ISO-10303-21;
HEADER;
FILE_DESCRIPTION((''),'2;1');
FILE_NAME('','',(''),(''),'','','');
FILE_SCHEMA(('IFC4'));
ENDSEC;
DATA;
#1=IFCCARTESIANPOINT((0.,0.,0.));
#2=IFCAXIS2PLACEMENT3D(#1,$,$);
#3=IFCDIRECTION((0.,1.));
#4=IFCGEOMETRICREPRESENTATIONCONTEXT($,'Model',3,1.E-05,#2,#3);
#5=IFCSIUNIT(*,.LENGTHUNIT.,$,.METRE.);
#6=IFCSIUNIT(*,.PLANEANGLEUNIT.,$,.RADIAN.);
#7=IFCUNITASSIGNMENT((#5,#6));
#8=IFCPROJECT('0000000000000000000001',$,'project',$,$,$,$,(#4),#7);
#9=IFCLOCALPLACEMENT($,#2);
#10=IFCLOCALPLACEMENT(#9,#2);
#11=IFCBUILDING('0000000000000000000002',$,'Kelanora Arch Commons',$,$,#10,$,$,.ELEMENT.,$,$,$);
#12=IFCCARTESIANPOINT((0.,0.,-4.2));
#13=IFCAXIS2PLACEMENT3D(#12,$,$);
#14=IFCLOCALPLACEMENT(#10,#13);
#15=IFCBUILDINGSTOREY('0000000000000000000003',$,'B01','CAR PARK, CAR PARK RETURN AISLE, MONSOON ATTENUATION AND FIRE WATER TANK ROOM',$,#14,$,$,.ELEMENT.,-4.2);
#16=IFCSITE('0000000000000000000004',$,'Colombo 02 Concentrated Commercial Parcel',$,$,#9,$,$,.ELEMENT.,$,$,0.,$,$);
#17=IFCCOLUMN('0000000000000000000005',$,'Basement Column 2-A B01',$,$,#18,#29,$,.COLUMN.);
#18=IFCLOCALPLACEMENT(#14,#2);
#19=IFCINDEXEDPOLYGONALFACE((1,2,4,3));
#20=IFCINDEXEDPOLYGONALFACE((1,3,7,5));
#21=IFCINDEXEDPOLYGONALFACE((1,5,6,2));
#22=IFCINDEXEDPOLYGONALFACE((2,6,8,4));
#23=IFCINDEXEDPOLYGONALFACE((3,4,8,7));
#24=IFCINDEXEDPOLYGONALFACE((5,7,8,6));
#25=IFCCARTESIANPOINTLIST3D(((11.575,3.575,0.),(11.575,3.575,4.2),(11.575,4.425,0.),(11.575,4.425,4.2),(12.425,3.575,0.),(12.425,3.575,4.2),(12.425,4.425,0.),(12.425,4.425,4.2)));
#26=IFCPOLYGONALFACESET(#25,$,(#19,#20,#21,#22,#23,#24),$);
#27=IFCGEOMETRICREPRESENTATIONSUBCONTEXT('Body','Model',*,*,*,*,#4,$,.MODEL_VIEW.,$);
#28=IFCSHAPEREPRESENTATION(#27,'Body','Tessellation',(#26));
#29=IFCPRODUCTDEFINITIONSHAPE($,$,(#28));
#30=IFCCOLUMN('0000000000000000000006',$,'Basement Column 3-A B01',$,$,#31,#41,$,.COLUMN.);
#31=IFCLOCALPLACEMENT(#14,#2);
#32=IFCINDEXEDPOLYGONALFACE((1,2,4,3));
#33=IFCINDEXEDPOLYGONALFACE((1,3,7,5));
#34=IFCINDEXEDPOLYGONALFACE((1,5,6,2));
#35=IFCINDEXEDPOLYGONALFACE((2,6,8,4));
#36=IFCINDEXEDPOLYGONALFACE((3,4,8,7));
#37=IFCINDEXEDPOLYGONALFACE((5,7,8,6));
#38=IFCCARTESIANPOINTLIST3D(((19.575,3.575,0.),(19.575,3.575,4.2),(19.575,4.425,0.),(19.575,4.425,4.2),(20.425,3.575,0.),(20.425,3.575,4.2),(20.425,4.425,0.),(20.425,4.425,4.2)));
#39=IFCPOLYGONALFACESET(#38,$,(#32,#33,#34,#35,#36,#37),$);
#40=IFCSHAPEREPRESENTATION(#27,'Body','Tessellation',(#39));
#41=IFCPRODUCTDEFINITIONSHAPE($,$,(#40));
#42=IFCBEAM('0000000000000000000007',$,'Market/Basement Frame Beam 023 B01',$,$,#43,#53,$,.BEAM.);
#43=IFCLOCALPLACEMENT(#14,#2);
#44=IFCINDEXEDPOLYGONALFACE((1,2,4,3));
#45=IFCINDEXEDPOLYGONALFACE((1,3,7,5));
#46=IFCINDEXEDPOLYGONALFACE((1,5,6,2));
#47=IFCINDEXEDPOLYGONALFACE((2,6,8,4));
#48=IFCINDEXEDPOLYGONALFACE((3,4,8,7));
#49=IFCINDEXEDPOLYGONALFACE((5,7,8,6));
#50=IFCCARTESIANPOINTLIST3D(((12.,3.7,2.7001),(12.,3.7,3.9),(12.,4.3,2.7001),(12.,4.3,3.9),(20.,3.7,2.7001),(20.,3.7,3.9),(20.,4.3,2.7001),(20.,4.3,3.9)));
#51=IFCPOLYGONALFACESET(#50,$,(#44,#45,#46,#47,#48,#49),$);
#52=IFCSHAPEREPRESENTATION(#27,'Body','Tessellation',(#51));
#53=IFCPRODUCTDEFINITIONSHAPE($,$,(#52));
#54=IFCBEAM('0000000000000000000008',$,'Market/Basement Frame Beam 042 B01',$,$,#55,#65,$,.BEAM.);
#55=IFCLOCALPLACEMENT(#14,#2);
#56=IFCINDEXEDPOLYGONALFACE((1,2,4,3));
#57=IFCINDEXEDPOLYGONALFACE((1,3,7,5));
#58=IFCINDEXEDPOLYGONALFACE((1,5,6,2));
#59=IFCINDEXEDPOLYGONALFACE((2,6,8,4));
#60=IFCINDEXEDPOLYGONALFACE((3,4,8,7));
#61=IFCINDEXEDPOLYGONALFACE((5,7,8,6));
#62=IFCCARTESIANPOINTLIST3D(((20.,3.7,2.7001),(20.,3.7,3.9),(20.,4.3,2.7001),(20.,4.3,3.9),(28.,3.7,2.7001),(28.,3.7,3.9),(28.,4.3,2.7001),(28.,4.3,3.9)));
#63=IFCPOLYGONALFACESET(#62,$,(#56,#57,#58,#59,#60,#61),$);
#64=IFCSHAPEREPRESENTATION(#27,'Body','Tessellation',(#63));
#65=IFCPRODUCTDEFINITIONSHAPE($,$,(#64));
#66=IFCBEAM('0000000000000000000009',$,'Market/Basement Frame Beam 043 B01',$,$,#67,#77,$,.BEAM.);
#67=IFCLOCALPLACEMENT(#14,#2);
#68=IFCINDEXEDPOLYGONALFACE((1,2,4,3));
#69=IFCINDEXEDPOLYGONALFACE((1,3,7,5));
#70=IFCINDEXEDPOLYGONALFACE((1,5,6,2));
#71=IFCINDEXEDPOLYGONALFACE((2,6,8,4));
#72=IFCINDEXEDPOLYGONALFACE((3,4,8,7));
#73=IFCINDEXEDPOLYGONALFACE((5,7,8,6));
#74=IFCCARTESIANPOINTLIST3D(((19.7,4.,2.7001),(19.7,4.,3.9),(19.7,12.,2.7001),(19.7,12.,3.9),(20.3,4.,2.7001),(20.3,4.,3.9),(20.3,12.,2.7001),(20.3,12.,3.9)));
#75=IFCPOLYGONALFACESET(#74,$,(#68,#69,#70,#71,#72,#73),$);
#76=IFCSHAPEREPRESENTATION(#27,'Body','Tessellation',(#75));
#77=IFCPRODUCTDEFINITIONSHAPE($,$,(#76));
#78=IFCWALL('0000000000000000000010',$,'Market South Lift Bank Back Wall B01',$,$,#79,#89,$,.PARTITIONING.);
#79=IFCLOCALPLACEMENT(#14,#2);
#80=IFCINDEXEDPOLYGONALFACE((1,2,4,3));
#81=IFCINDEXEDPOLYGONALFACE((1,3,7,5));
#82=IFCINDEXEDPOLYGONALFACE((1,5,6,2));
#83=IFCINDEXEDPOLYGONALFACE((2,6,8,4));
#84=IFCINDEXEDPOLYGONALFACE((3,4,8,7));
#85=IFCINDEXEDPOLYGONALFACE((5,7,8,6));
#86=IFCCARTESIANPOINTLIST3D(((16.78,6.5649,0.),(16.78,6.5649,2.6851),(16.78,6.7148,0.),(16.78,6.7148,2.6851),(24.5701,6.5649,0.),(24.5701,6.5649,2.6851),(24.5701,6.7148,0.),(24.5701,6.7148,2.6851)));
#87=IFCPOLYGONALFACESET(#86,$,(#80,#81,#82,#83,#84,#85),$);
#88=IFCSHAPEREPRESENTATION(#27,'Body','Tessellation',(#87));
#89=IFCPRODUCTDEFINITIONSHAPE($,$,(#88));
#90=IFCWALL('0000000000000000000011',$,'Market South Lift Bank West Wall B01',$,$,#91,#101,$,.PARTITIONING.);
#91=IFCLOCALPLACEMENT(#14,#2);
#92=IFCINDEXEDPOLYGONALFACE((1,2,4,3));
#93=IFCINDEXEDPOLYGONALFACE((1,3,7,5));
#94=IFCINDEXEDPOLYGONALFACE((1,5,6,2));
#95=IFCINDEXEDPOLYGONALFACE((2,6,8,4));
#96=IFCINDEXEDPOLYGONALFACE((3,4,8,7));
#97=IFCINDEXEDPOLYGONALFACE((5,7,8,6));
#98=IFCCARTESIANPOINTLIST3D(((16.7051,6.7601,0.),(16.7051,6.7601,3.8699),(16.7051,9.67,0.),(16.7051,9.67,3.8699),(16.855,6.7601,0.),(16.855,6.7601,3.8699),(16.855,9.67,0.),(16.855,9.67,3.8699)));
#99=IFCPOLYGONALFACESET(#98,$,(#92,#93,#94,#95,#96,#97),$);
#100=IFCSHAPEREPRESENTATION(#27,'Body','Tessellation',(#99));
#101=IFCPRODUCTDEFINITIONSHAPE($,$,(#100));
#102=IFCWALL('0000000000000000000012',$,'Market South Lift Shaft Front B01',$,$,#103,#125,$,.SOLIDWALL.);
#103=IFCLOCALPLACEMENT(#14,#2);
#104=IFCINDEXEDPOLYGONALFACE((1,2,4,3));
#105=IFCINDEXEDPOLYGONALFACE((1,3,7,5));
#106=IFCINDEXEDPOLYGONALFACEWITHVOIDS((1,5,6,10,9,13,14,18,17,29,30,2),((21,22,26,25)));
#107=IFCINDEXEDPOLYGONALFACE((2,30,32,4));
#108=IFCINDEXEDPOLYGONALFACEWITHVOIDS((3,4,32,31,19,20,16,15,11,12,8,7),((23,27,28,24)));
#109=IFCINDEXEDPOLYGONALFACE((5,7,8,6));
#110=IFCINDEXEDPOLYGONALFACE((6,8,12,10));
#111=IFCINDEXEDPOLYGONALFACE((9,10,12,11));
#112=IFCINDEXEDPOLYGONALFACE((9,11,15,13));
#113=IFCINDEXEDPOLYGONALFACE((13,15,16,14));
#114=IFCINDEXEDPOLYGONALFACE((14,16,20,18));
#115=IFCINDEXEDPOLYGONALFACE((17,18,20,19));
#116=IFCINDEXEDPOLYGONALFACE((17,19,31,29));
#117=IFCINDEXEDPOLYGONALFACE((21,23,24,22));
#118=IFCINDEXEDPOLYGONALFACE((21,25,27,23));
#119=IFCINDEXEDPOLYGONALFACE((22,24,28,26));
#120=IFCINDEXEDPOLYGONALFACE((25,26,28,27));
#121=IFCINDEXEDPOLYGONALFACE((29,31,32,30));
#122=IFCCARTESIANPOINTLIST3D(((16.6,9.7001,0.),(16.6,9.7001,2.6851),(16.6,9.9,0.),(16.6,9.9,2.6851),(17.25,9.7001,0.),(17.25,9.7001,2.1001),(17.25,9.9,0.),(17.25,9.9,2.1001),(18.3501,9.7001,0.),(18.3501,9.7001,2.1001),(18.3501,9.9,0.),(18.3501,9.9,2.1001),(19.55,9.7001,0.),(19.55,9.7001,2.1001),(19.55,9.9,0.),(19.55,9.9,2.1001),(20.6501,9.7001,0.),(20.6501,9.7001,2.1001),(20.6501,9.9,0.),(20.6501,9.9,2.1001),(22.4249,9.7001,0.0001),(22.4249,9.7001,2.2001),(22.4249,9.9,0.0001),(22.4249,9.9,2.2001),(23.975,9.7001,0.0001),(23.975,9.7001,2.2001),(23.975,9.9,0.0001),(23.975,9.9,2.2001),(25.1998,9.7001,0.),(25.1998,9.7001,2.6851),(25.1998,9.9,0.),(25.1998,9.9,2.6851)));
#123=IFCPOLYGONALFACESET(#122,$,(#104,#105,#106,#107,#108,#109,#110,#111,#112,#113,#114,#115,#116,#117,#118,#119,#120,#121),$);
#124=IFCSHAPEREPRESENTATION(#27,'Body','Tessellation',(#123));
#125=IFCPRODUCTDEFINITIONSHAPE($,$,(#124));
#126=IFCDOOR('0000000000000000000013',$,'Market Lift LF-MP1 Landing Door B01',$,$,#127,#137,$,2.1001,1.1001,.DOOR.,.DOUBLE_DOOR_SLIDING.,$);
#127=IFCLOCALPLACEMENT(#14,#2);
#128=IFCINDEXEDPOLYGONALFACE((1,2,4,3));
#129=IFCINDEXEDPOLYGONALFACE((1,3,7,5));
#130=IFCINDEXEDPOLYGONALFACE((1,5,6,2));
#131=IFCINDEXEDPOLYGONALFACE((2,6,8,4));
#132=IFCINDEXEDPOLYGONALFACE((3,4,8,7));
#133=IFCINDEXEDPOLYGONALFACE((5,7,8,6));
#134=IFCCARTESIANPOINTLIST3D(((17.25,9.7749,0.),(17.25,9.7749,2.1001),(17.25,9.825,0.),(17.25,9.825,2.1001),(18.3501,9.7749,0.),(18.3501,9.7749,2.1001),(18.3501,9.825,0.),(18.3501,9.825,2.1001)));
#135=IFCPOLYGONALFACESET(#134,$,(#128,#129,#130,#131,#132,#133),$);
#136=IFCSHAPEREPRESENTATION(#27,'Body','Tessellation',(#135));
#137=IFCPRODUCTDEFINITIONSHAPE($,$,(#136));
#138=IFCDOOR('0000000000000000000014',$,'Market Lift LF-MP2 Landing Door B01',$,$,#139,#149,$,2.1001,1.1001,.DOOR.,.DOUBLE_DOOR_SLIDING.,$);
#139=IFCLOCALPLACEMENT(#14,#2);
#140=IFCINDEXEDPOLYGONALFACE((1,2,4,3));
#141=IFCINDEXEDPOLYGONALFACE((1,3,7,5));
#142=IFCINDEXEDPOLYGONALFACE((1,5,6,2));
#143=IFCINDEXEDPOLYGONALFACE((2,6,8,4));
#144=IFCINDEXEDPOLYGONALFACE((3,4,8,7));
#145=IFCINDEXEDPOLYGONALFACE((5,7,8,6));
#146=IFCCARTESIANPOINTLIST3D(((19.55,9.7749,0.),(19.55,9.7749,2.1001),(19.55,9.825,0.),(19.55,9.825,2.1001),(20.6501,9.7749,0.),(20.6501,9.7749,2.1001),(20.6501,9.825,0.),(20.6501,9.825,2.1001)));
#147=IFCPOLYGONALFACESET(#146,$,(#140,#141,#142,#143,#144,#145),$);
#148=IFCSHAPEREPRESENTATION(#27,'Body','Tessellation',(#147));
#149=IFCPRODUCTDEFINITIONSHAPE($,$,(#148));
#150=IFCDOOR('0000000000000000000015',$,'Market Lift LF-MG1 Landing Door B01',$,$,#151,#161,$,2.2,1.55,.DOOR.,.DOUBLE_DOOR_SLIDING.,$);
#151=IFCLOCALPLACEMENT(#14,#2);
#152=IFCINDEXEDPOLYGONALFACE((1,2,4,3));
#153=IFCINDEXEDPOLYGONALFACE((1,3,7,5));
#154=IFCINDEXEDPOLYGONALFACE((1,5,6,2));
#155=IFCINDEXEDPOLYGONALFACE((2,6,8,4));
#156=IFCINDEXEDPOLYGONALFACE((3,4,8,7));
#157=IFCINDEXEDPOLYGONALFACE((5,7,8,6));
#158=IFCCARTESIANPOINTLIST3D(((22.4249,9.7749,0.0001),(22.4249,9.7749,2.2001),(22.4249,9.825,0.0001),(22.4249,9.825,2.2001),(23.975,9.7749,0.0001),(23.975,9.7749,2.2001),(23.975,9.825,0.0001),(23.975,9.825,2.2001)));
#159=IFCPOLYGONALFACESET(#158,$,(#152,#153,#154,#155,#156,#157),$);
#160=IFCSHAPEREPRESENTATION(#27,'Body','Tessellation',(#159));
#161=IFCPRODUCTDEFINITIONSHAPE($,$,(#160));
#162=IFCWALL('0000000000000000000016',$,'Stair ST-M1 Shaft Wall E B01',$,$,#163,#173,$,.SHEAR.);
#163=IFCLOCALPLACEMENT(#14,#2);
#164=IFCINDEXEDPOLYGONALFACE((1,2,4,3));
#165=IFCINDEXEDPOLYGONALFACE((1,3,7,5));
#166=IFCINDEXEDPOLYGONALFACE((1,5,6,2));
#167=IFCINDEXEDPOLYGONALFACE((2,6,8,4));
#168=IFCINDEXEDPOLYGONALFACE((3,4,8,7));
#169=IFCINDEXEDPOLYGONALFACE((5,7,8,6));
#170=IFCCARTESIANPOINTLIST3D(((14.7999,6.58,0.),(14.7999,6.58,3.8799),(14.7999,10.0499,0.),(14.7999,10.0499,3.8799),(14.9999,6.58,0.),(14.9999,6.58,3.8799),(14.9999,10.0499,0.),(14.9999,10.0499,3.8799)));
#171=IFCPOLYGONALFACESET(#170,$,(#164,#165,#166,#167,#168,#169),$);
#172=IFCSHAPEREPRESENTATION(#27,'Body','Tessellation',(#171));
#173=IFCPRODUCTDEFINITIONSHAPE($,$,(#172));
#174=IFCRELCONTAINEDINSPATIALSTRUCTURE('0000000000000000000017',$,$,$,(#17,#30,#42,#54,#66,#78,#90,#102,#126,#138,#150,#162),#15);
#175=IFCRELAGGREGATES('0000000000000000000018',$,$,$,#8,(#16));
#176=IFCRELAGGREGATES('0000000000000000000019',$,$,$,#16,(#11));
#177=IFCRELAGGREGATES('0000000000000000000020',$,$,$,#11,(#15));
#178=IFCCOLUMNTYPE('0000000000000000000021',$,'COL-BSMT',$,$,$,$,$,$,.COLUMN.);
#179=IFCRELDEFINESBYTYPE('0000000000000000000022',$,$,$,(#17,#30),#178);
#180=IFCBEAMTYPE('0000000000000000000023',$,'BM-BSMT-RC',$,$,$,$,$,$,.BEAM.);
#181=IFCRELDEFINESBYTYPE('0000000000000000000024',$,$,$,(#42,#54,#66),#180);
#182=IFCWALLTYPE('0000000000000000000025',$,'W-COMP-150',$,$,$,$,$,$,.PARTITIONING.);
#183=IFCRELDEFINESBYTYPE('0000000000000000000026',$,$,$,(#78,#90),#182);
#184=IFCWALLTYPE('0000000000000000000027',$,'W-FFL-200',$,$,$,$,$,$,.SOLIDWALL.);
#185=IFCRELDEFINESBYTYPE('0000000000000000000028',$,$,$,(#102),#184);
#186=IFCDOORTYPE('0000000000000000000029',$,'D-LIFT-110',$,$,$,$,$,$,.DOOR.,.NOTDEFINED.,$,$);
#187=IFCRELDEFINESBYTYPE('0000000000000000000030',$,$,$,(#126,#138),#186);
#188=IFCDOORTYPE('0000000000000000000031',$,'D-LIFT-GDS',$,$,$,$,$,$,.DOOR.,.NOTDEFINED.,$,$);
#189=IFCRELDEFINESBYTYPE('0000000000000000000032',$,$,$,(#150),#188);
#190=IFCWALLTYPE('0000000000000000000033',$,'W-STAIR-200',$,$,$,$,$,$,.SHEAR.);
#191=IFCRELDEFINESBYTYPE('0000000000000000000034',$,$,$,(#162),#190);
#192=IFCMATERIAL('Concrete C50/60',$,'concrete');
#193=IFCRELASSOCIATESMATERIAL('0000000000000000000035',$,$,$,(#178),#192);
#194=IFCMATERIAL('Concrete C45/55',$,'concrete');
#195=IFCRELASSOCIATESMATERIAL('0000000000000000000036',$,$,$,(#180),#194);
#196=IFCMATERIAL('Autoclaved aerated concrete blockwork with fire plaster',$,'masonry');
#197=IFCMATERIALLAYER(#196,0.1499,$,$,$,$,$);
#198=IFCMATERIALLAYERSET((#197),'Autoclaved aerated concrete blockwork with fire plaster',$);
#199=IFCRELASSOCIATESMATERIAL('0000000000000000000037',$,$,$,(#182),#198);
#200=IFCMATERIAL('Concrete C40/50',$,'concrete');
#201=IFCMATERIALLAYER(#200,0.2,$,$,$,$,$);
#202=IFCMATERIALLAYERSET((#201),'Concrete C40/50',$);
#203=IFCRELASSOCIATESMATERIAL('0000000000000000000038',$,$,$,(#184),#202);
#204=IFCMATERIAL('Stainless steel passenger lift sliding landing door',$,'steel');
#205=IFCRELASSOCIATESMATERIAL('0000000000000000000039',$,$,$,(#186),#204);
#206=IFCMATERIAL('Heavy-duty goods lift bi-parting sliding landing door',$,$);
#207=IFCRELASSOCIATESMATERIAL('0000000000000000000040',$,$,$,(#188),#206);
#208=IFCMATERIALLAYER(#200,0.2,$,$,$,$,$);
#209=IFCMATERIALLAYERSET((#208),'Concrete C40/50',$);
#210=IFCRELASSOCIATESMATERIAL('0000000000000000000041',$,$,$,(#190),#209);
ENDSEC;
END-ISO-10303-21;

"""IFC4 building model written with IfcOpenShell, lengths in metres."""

from ifc_helpers import new_model, si_unit, direction, frame, frame_2d, origin, origin_2d, place, context, subcontext, project, spatial, rectangle, extrude, material, layer, layer_set, material_profile, profile_set, type_object, element, fill, save


model = new_model("IFC4")

# Units and contexts
model_context = context("Model", 3, precision=1e-05, world=origin(), true_north=direction((0.0, 1.0)))
body_context = subcontext(model_context, "Body", "Model", "MODEL_VIEW")
ifc_project = project(units=[si_unit("LENGTHUNIT", "METRE"), si_unit("PLANEANGLEUNIT", "RADIAN")], contexts=[model_context])

# Site, building, storey
site_placement = place(None, origin())
site = spatial("IfcSite", under=ifc_project, at=site_placement, Name="Colombo 02 Concentrated Commercial Parcel", CompositionType="ELEMENT", RefElevation=0.0)
building_placement = place(site_placement, origin())
building = spatial("IfcBuilding", under=site, at=building_placement, Name="Kelanora Arch Commons", CompositionType="ELEMENT")
storey_placement = place(building_placement, frame((0.0, 0.0, -4.2)))
storey = spatial("IfcBuildingStorey", under=building, at=storey_placement, Name="B01", Description="CAR PARK, CAR PARK RETURN AISLE, MONSOON ATTENUATION AND FIRE WATER TANK ROOM", CompositionType="ELEMENT", Elevation=-4.2)

# Columns
ifc_material_1 = material(Name="Concrete C50/60", Category="concrete")
ifc_material_profile_1 = material_profile(ifc_material_1, rectangle(XDim=0.8501, YDim=0.8501, at=origin_2d()), Name="RC850x850")
ifc_profile_set_1 = profile_set([ifc_material_profile_1], Name="Concrete C50/60")
column_type = type_object("IfcColumnType", Name="COL-BSMT", PredefinedType="COLUMN", material=ifc_profile_set_1)
for number, where, z_axis, x_axis, name in (
    (1, (12.0, 4.0, 0.0), (0.0, 0.0, 1.0), (1.0, 0.0, 0.0), "Basement Column 2-A B01"),
    (2, (20.0, 4.0, 0.0), (0.0, 0.0, 1.0), (1.0, 0.0, 0.0), "Basement Column 3-A B01"),
):
    element("IfcColumn", number, at=place(storey_placement, frame(where, z_axis=z_axis, x_axis=x_axis)), inside=storey, type_object=column_type, Name=name, PredefinedType="COLUMN", context=body_context, shape_type="SweptSolid", body=[
        extrude(rectangle(XDim=0.8501, YDim=0.8501, at=origin_2d()), origin(), (0.0, 0.0, 1.0), 4.2),
    ])

# Beams
ifc_material_2 = material(Name="Concrete C45/55", Category="concrete")
ifc_material_profile_2 = material_profile(ifc_material_2, rectangle(XDim=0.6001, YDim=1.2, at=origin_2d()), Name="RCB600x1200")
ifc_profile_set_2 = profile_set([ifc_material_profile_2], Name="Concrete C45/55")
beam_type = type_object("IfcBeamType", Name="BM-BSMT-RC", PredefinedType="BEAM", material=ifc_profile_set_2)
for number, where, z_axis, x_axis, name in (
    (3, (12.0, 4.0, 3.3), (1.0, 0.0, 0.0), (0.0, 1.0, 0.0), "Market/Basement Frame Beam 023 B01"),
    (4, (20.0, 4.0, 3.3), (1.0, 0.0, 0.0), (0.0, 1.0, 0.0), "Market/Basement Frame Beam 042 B01"),
    (5, (20.0, 4.0, 3.3), (0.0, 1.0, 0.0), (-1.0, 0.0, 0.0), "Market/Basement Frame Beam 043 B01"),
):
    element("IfcBeam", number, at=place(storey_placement, frame(where, z_axis=z_axis, x_axis=x_axis)), inside=storey, type_object=beam_type, Name=name, PredefinedType="BEAM", context=body_context, shape_type="SweptSolid", body=[
        extrude(rectangle(XDim=0.6001, YDim=1.2, at=origin_2d()), origin(), (0.0, 0.0, 1.0), 8.0),
    ])

# Walls
ifc_material_3 = material(Name="Autoclaved aerated concrete blockwork with fire plaster", Category="masonry")
ifc_layer_1 = layer(ifc_material_3, 0.1499)
ifc_layer_set_1 = layer_set([ifc_layer_1], Name="Autoclaved aerated concrete blockwork with fire plaster")
wall_type_1 = type_object("IfcWallType", Name="W-COMP-150", PredefinedType="PARTITIONING", material=ifc_layer_set_1)
wall_1_placement = place(storey_placement, frame((16.78, 6.6399, 0.0), z_axis=(0.0, 0.0, 1.0), x_axis=(1.0, 0.0, 0.0)))
element("IfcWall", 6, at=wall_1_placement, inside=storey, type_object=wall_type_1, Name="Market South Lift Bank Back Wall B01", PredefinedType="PARTITIONING", context=body_context, shape_type="SweptSolid", body=[
    extrude(rectangle(XDim=7.79, YDim=0.1499, at=frame_2d((3.895, 0.0))), origin(), (0.0, 0.0, 1.0), 2.6851),
])
wall_2_placement = place(storey_placement, frame((16.78, 6.76, 0.0), z_axis=(0.0, 0.0, 1.0), x_axis=(0.0, 1.0, 0.0)))
element("IfcWall", 7, at=wall_2_placement, inside=storey, type_object=wall_type_1, Name="Market South Lift Bank West Wall B01", PredefinedType="PARTITIONING", context=body_context, shape_type="SweptSolid", body=[
    extrude(rectangle(XDim=2.9099, YDim=0.1499, at=frame_2d((1.4551, 0.0))), origin(), (0.0, 0.0, 1.0), 3.8699),
])

# Wall, openings, doors
ifc_material_4 = material(Name="Concrete C40/50", Category="concrete")
ifc_layer_2 = layer(ifc_material_4, 0.2)
ifc_layer_set_2 = layer_set([ifc_layer_2], Name="Concrete C40/50")
wall_type_2 = type_object("IfcWallType", Name="W-FFL-200", PredefinedType="SOLIDWALL", material=ifc_layer_set_2)
wall_3_placement = place(storey_placement, frame((16.6001, 9.8, 0.0), z_axis=(0.0, 0.0, 1.0), x_axis=(1.0, 0.0, 0.0)))
wall_3 = element("IfcWall", 8, at=wall_3_placement, inside=storey, type_object=wall_type_2, Name="Market South Lift Shaft Front B01", PredefinedType="SOLIDWALL", context=body_context, shape_type="SweptSolid", body=[
    extrude(rectangle(XDim=8.5999, YDim=0.2, at=frame_2d((4.2998, 0.0))), origin(), (0.0, 0.0, 1.0), 2.6851),
])
opening_1_placement = place(wall_3_placement, frame((0.6499, 0.0, 0.0)))
opening_1 = element("IfcOpeningElement", 9, at=opening_1_placement, cuts=wall_3, PredefinedType="OPENING", context=body_context, shape_type="SweptSolid", body=[
    extrude(rectangle(XDim=1.1001, YDim=2.1001, at=frame_2d((0.55, 1.05))), frame((0.0, 0.1099, 0.0), z_axis=(0.0, -1.0, 0.0), x_axis=(1.0, 0.0, 0.0)), (0.0, 0.0, 1.0), 0.22),
])
opening_2_placement = place(wall_3_placement, frame((2.95, 0.0, 0.0)))
opening_2 = element("IfcOpeningElement", 10, at=opening_2_placement, cuts=wall_3, PredefinedType="OPENING", context=body_context, shape_type="SweptSolid", body=[
    extrude(rectangle(XDim=1.1001, YDim=2.1001, at=frame_2d((0.55, 1.05))), frame((0.0, 0.1099, 0.0), z_axis=(0.0, -1.0, 0.0), x_axis=(1.0, 0.0, 0.0)), (0.0, 0.0, 1.0), 0.22),
])
opening_3_placement = place(wall_3_placement, frame((5.825, 0.0, 0.0)))
opening_3 = element("IfcOpeningElement", 11, at=opening_3_placement, cuts=wall_3, PredefinedType="OPENING", context=body_context, shape_type="SweptSolid", body=[
    extrude(rectangle(XDim=1.55, YDim=2.2, at=frame_2d((0.7749, 1.1001))), frame((0.0, 0.1099, 0.0), z_axis=(0.0, -1.0, 0.0), x_axis=(1.0, 0.0, 0.0)), (0.0, 0.0, 1.0), 0.22),
])
ifc_material_5 = material(Name="Stainless steel passenger lift sliding landing door", Category="steel")
door_type_1 = type_object("IfcDoorType", Name="D-LIFT-110", OperationType="NOTDEFINED", PredefinedType="DOOR", material=ifc_material_5)
door_1_placement = place(opening_1_placement, origin())
door_1 = element("IfcDoor", 12, at=door_1_placement, inside=storey, type_object=door_type_1, Name="Market Lift LF-MP1 Landing Door B01", OperationType="DOUBLE_DOOR_SLIDING", OverallHeight=2.1001, OverallWidth=1.1001, PredefinedType="DOOR", context=body_context, shape_type="SweptSolid", body=[
    extrude(rectangle(XDim=1.1001, YDim=2.1001, at=frame_2d((0.55, 1.05))), frame((0.0, 0.0249, 0.0), z_axis=(0.0, -1.0, 0.0), x_axis=(1.0, 0.0, 0.0)), (0.0, 0.0, 1.0), 0.05),
])
fill(opening_1, door_1)
door_2_placement = place(opening_2_placement, origin())
door_2 = element("IfcDoor", 13, at=door_2_placement, inside=storey, type_object=door_type_1, Name="Market Lift LF-MP2 Landing Door B01", OperationType="DOUBLE_DOOR_SLIDING", OverallHeight=2.1001, OverallWidth=1.1001, PredefinedType="DOOR", context=body_context, shape_type="SweptSolid", body=[
    extrude(rectangle(XDim=1.1001, YDim=2.1001, at=frame_2d((0.55, 1.05))), frame((0.0, 0.0249, 0.0), z_axis=(0.0, -1.0, 0.0), x_axis=(1.0, 0.0, 0.0)), (0.0, 0.0, 1.0), 0.05),
])
fill(opening_2, door_2)
ifc_material_6 = material(Name="Heavy-duty goods lift bi-parting sliding landing door")
door_type_2 = type_object("IfcDoorType", Name="D-LIFT-GDS", OperationType="NOTDEFINED", PredefinedType="DOOR", material=ifc_material_6)
door_3_placement = place(opening_3_placement, origin())
door_3 = element("IfcDoor", 14, at=door_3_placement, inside=storey, type_object=door_type_2, Name="Market Lift LF-MG1 Landing Door B01", OperationType="DOUBLE_DOOR_SLIDING", OverallHeight=2.2, OverallWidth=1.55, PredefinedType="DOOR", context=body_context, shape_type="SweptSolid", body=[
    extrude(rectangle(XDim=1.55, YDim=2.2, at=frame_2d((0.7749, 1.1001))), frame((0.0, 0.0249, 0.0), z_axis=(0.0, -1.0, 0.0), x_axis=(1.0, 0.0, 0.0)), (0.0, 0.0, 1.0), 0.05),
])
fill(opening_3, door_3)

# Wall
ifc_layer_3 = layer(ifc_material_4, 0.2)
ifc_layer_set_3 = layer_set([ifc_layer_3], Name="Concrete C40/50")
wall_type_3 = type_object("IfcWallType", Name="W-STAIR-200", PredefinedType="SHEAR", material=ifc_layer_set_3)
wall_4_placement = place(storey_placement, frame((14.8999, 6.5801, 0.0), z_axis=(0.0, 0.0, 1.0), x_axis=(0.0, 1.0, 0.0)))
element("IfcWall", 15, at=wall_4_placement, inside=storey, type_object=wall_type_3, Name="Stair ST-M1 Shaft Wall E B01", PredefinedType="SHEAR", context=body_context, shape_type="SweptSolid", body=[
    extrude(rectangle(XDim=3.47, YDim=0.2, at=frame_2d((1.7349, 0.0))), origin(), (0.0, 0.0, 1.0), 3.8799),
])

save(model, "model.ifc")
